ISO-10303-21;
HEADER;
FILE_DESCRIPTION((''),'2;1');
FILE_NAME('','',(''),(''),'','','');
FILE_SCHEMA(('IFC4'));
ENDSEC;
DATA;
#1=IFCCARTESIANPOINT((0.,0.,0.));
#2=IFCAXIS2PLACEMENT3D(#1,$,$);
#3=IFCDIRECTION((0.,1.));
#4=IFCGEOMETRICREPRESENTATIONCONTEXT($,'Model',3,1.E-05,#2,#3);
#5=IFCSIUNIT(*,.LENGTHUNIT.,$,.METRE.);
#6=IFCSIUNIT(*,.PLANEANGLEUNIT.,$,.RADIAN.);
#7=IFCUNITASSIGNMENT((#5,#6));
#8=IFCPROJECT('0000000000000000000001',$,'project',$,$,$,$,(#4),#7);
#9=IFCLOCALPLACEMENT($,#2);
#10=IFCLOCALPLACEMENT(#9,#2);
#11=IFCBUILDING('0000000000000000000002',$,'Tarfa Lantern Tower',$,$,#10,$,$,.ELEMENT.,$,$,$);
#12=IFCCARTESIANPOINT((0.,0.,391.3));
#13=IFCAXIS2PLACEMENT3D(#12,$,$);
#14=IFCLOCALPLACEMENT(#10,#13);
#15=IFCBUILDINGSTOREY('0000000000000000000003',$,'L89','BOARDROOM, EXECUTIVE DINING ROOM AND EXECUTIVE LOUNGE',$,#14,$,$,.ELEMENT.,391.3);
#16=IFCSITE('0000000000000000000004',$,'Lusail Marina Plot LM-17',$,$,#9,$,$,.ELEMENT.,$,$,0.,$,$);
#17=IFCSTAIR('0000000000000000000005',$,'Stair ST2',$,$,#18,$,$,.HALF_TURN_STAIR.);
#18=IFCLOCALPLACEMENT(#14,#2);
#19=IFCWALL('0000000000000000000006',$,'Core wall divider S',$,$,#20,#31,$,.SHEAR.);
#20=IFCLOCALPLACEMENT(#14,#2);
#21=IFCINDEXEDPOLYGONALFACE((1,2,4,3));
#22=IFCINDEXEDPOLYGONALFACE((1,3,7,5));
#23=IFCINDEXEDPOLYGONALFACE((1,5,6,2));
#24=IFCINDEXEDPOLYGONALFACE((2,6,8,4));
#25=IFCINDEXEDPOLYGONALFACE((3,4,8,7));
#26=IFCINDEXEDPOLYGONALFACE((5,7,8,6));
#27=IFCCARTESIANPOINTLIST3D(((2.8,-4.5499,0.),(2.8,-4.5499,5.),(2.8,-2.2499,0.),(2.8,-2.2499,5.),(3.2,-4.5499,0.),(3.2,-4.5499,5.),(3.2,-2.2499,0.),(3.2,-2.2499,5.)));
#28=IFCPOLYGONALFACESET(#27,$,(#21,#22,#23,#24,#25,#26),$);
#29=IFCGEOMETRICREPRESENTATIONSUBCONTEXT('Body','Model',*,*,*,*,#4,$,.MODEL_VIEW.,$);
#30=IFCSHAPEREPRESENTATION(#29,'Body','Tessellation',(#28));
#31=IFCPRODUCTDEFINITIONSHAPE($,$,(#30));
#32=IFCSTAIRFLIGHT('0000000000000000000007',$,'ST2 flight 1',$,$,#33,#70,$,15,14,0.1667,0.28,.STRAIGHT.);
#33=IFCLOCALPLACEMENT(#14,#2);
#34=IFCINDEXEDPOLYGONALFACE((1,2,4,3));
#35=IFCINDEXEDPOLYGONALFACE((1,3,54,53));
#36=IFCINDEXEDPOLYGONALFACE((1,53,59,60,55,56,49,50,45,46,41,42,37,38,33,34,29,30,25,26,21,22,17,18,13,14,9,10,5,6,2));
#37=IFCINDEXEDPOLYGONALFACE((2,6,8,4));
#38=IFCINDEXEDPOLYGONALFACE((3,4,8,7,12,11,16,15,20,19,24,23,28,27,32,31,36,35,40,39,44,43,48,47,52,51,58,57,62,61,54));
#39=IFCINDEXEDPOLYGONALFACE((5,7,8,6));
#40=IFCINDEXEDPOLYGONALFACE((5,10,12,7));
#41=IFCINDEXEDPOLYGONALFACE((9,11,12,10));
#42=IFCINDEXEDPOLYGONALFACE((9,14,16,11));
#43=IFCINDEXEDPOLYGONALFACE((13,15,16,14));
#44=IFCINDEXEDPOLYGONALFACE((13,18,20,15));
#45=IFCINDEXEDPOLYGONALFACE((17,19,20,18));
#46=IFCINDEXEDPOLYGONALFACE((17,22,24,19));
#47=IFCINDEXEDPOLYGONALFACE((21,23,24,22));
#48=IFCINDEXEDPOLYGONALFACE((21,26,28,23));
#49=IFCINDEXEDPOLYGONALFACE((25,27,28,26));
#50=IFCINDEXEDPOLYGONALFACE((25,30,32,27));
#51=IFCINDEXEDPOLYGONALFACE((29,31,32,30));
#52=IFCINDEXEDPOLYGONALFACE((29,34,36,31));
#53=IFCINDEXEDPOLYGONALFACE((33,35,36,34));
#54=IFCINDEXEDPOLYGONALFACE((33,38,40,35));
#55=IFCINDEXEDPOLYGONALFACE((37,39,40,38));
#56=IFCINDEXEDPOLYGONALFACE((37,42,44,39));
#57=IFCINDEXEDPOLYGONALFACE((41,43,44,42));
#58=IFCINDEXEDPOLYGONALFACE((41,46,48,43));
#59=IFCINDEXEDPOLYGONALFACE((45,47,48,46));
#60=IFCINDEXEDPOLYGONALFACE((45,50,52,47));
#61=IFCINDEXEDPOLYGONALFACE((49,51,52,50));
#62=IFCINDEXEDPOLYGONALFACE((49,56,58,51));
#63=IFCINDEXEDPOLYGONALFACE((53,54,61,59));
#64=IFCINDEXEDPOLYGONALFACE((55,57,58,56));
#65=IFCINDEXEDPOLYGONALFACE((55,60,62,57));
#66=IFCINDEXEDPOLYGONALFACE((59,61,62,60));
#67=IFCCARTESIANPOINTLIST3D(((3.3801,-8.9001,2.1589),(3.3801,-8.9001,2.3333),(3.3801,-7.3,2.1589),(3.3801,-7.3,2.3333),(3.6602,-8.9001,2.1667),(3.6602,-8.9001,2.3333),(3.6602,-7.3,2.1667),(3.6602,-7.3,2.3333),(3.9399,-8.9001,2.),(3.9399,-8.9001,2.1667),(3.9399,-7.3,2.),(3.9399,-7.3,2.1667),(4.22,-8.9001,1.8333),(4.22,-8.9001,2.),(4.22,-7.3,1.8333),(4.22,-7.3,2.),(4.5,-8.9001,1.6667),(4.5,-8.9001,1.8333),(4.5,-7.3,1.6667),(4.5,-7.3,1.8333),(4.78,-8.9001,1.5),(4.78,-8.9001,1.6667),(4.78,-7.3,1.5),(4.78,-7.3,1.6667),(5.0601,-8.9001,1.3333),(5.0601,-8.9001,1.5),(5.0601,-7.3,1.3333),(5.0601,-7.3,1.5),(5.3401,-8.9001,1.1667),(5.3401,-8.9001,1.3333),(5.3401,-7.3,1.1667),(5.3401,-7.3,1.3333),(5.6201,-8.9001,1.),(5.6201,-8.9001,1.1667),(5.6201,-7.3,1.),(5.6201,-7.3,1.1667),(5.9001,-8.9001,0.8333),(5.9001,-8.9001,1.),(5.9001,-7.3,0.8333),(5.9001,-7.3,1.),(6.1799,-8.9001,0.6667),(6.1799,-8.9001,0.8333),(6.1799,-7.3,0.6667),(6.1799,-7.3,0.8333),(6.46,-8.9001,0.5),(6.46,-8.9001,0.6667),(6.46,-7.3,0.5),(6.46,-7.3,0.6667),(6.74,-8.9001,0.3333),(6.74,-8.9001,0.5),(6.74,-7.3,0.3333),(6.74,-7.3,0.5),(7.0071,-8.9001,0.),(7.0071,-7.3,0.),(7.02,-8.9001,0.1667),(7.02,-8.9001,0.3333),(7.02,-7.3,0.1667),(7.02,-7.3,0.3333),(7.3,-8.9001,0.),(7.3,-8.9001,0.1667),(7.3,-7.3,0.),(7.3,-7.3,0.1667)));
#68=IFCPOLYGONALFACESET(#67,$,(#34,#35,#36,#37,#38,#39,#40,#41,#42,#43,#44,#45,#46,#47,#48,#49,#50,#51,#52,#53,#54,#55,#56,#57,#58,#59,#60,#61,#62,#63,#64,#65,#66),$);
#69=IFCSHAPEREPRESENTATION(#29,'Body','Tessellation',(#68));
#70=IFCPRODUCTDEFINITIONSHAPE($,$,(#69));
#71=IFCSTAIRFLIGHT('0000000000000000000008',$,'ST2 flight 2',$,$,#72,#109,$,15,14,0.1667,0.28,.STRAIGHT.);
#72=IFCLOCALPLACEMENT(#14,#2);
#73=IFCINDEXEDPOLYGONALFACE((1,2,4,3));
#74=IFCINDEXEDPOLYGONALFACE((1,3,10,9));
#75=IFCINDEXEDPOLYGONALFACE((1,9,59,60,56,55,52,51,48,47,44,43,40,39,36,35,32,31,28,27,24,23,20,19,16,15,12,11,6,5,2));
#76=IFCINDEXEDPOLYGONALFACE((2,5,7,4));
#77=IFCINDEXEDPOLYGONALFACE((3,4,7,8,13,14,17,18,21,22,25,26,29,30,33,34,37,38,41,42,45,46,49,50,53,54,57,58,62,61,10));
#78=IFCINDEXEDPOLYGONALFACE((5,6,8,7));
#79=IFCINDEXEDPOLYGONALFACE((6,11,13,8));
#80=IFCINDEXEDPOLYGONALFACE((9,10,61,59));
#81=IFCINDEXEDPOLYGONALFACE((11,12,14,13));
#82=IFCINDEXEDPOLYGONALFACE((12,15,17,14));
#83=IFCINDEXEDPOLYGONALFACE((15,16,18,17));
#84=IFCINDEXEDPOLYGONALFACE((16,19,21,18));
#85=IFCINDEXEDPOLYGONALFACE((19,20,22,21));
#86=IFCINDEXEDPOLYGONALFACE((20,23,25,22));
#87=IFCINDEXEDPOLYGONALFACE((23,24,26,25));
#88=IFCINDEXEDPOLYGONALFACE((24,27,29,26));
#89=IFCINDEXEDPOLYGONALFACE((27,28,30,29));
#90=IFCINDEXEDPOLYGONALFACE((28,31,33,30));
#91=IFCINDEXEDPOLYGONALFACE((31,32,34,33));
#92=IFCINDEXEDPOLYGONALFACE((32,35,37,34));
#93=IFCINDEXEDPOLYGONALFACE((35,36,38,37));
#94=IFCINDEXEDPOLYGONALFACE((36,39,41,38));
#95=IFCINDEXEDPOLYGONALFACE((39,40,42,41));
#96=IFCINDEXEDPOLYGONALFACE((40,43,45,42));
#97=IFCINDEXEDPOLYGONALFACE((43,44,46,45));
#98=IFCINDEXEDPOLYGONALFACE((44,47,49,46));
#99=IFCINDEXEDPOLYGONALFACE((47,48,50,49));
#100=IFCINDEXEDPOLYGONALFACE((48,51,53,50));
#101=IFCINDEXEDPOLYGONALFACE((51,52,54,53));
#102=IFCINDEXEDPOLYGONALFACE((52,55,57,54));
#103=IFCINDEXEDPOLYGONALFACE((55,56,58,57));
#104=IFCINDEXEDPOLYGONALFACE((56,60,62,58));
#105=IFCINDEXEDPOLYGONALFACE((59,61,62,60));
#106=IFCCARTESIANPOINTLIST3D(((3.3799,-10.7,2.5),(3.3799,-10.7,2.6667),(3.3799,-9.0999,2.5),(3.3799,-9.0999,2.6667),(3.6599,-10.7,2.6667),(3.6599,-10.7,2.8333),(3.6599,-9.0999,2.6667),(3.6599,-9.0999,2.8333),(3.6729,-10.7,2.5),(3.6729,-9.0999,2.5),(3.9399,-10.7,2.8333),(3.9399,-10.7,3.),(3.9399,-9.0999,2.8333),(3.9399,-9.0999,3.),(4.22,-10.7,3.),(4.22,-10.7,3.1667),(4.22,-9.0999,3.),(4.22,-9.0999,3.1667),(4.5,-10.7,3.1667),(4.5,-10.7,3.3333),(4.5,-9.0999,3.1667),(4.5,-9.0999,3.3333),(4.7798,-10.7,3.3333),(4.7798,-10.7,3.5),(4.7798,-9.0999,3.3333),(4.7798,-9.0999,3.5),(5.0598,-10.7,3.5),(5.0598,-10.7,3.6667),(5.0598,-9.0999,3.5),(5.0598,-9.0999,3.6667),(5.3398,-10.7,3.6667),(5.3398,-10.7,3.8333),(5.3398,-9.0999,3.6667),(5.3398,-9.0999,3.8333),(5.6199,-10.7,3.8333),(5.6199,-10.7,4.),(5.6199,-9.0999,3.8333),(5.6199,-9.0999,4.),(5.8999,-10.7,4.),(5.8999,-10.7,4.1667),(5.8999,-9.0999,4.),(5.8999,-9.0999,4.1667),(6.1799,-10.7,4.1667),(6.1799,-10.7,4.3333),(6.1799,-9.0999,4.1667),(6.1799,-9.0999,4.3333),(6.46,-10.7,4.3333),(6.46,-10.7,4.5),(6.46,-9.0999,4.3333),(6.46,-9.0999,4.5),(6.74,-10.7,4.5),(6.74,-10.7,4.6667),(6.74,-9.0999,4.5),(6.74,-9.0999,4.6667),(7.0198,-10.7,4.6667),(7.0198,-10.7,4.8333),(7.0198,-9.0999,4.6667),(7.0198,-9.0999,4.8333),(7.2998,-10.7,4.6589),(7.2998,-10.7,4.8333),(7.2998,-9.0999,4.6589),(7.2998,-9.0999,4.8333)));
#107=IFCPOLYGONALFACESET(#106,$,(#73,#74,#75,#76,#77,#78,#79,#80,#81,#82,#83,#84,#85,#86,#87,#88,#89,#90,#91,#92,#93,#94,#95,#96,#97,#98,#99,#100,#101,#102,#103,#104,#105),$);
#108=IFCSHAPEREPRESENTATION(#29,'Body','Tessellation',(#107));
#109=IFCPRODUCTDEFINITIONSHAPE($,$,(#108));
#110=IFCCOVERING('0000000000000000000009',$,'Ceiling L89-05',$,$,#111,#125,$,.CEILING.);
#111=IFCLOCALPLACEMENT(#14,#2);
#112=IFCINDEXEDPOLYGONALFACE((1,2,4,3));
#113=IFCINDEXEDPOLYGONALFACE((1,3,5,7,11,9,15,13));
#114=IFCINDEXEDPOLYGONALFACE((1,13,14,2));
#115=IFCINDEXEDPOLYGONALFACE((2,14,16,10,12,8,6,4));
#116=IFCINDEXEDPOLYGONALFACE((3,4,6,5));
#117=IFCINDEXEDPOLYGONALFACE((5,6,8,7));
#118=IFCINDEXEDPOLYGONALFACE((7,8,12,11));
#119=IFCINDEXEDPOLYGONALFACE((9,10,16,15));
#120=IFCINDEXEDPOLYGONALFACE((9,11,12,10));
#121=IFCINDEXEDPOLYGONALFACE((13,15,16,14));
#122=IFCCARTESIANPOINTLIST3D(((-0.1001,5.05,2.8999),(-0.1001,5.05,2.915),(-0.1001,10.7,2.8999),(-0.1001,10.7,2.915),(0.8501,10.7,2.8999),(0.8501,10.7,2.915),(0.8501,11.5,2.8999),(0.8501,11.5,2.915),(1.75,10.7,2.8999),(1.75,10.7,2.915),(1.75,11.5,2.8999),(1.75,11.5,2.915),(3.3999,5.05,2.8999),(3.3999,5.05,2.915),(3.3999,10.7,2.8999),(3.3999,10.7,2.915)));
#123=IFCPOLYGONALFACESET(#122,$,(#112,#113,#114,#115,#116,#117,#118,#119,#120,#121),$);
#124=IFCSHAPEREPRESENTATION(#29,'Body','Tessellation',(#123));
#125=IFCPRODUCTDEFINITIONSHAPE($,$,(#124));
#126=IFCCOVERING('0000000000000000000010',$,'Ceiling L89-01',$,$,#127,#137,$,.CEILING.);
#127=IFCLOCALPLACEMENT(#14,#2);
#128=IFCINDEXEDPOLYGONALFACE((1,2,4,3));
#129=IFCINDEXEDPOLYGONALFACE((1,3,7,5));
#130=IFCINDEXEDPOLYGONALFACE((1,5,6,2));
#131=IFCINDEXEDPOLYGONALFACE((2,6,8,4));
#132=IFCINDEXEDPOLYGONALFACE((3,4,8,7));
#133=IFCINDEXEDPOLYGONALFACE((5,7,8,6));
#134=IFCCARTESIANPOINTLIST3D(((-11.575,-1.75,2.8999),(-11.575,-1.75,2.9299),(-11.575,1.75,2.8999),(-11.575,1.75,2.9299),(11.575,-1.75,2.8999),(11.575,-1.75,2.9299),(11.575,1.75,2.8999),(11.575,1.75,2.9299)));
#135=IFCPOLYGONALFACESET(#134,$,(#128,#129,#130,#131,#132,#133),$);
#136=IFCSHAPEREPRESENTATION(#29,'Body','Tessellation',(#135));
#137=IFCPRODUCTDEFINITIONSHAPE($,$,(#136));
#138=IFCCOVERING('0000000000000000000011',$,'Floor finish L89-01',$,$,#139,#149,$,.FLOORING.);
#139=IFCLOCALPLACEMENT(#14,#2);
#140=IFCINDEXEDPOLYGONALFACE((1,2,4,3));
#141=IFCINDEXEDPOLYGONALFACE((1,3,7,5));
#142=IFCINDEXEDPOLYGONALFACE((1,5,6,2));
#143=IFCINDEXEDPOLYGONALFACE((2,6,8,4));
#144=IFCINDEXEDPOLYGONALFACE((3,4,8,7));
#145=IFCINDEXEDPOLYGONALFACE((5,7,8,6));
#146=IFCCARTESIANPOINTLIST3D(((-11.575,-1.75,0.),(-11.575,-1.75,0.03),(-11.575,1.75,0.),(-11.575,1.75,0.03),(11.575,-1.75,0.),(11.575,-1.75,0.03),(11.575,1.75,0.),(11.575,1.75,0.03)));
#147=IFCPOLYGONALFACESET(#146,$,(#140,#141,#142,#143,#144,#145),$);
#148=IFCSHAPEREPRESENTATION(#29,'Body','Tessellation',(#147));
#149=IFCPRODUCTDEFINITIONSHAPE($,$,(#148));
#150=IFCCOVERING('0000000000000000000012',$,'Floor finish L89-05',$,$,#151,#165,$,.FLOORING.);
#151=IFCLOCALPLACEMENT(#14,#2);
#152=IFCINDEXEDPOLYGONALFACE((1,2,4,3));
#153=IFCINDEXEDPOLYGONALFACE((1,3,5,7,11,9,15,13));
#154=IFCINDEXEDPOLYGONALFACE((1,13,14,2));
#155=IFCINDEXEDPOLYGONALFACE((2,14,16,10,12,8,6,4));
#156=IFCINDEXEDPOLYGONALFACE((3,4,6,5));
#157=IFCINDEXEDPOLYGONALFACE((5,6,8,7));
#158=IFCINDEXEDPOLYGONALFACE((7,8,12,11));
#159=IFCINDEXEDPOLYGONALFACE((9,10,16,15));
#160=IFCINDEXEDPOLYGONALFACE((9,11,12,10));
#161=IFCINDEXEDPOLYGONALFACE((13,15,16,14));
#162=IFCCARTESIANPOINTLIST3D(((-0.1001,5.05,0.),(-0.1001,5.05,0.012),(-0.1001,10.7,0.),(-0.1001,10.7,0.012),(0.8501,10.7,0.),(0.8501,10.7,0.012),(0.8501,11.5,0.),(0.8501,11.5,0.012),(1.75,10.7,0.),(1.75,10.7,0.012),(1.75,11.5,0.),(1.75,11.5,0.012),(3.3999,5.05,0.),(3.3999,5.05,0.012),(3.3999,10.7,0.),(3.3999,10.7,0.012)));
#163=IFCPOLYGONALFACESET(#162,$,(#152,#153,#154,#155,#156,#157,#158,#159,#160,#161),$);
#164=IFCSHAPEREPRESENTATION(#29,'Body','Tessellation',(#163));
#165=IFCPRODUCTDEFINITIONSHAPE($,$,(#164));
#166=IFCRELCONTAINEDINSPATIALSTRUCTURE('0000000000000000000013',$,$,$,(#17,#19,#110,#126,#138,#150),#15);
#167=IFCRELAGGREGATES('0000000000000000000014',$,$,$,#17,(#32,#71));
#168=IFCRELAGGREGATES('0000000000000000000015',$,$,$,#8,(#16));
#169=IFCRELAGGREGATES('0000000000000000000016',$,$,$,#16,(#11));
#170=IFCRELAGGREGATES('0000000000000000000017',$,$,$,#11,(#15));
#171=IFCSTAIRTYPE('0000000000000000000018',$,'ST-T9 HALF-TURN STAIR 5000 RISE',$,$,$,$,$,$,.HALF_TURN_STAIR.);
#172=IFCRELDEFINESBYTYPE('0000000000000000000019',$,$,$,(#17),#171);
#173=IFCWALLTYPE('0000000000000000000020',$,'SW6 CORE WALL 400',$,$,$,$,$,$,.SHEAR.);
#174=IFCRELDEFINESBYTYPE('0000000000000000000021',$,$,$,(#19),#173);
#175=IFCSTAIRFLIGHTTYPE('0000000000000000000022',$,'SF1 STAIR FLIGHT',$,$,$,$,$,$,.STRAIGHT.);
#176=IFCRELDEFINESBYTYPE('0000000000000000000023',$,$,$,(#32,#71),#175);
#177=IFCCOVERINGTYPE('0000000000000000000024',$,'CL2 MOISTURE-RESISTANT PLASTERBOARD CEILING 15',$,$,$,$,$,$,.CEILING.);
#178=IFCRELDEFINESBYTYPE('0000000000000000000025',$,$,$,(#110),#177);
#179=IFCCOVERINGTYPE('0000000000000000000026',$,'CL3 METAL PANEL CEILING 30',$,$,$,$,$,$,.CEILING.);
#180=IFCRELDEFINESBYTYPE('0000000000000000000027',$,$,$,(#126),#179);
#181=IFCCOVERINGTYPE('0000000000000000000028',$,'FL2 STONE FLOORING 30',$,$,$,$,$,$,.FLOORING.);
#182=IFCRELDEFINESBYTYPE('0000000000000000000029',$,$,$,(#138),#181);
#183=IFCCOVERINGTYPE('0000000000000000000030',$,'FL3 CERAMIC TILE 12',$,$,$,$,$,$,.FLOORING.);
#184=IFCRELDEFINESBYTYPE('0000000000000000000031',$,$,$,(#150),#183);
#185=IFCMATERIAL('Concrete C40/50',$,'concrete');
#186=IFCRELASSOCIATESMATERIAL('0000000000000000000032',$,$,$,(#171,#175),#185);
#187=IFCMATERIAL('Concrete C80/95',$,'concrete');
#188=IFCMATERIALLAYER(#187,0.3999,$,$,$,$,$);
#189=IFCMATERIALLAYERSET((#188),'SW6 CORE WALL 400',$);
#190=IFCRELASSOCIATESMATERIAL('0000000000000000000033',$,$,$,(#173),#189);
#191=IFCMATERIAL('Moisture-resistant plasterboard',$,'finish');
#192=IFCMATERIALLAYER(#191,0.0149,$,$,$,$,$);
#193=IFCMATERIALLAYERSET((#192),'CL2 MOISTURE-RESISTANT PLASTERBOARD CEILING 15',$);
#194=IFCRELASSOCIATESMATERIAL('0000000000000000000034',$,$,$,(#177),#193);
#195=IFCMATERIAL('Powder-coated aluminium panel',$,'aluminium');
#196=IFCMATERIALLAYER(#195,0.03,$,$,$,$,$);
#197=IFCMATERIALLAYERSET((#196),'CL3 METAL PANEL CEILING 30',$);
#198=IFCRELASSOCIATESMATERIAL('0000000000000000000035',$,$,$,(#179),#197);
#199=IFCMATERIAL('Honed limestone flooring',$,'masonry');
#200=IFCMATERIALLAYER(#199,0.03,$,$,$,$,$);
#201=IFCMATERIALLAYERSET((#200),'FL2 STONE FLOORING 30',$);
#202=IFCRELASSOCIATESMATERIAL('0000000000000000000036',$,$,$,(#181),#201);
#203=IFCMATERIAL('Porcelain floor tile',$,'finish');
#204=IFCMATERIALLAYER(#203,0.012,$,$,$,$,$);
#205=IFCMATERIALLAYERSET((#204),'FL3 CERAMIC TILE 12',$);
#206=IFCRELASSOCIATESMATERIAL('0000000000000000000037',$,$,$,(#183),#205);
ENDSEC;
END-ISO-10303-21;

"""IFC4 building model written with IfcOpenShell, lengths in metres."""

from ifc_helpers import new_model, si_unit, direction, frame, frame_2d, origin, place, context, subcontext, project, spatial, polyline, rectangle, outline, extrude, material, layer, layer_set, type_object, element, aggregate, save


model = new_model("IFC4")

# Units and contexts
model_context = context("Model", 3, precision=1e-05, world=origin(), true_north=direction((0.0, 1.0)))
body_context = subcontext(model_context, "Body", "Model", "MODEL_VIEW")
ifc_project = project(units=[si_unit("LENGTHUNIT", "METRE"), si_unit("PLANEANGLEUNIT", "RADIAN")], contexts=[model_context])

# Site, building, storey
site_placement = place(None, origin())
site = spatial("IfcSite", under=ifc_project, at=site_placement, Name="Lusail Marina Plot LM-17", CompositionType="ELEMENT", RefElevation=0.0)
building_placement = place(site_placement, origin())
building = spatial("IfcBuilding", under=site, at=building_placement, Name="Tarfa Lantern Tower", CompositionType="ELEMENT")
storey_placement = place(building_placement, frame((0.0, 0.0, 391.3)))
storey = spatial("IfcBuildingStorey", under=building, at=storey_placement, Name="L89", Description="BOARDROOM, EXECUTIVE DINING ROOM AND EXECUTIVE LOUNGE", CompositionType="ELEMENT", Elevation=391.3)

# Shared definitions
ifc_material_1 = material(Name="Concrete C40/50", Category="concrete")

# Stair
stair_type = type_object("IfcStairType", Name="ST-T9 HALF-TURN STAIR 5000 RISE", PredefinedType="HALF_TURN_STAIR", material=ifc_material_1)
stair_1_placement = place(storey_placement, origin())
stair_1 = element("IfcStair", 1, at=stair_1_placement, inside=storey, type_object=stair_type, Name="Stair ST2", PredefinedType="HALF_TURN_STAIR")

# Shared definitions
ifc_material_2 = material(Name="Concrete C80/95", Category="concrete")

# Wall
ifc_layer_1 = layer(ifc_material_2, 0.3999)
ifc_layer_set_1 = layer_set([ifc_layer_1], Name="SW6 CORE WALL 400")
wall_type_1 = type_object("IfcWallType", Name="SW6 CORE WALL 400", PredefinedType="SHEAR", material=ifc_layer_set_1)
for number, where, z_axis, x_axis, name in (
    (2, (3.0, -2.25, 0.0), (0.0, 0.0, 1.0), (0.0, -1.0, 0.0), "Core wall divider S"),
):
    element("IfcWall", number, at=place(storey_placement, frame(where, z_axis=z_axis, x_axis=x_axis)), inside=storey, type_object=wall_type_1, Name=name, PredefinedType="SHEAR", context=body_context, shape_type="SweptSolid", body=[
        extrude(rectangle(XDim=2.3, YDim=0.3999, at=frame_2d((1.1499, 0.0))), origin(), (0.0, 0.0, 1.0), 5.0),
    ])

# Stair flights
stair_flight_type = type_object("IfcStairFlightType", Name="SF1 STAIR FLIGHT", PredefinedType="STRAIGHT", material=ifc_material_1)
stair_flight_1_placement = place(storey_placement, frame((7.3, -8.1001, 0.0), z_axis=(0.0, 0.0, 1.0), x_axis=(-1.0, 0.0, 0.0)))
stair_flight_1 = element("IfcStairFlight", 3, at=stair_flight_1_placement, type_object=stair_flight_type, Name="ST2 flight 1", NumberOfRisers=15, NumberOfTreads=14, PredefinedType="STRAIGHT", RiserHeight=0.1667, TreadLength=0.28, context=body_context, shape_type="SweptSolid", body=[
    extrude(outline(polyline([(0.0, 0.0), (0.0, 0.1667), (0.28, 0.1667), (0.28, 0.3333), (0.5601, 0.3333), (0.5601, 0.5), (0.8401, 0.5), (0.8401, 0.6667), (1.1201, 0.6667), (1.1201, 0.8333), (1.3999, 0.8333), (1.3999, 1.0), (1.6799, 1.0), (1.6799, 1.1667), (1.96, 1.1667), (1.96, 1.3333), (2.24, 1.3333), (2.24, 1.5), (2.52, 1.5), (2.52, 1.6667), (2.8, 1.6667), (2.8, 1.8333), (3.0801, 1.8333), (3.0801, 2.0), (3.3601, 2.0), (3.3601, 2.1667), (3.6399, 2.1667), (3.6399, 2.3333), (3.9199, 2.3333), (3.9199, 2.5), (3.9199, 2.1589), (0.293, 0.0), (0.0, 0.0)])), frame((0.0, 0.8, 0.0), z_axis=(0.0, -1.0, 0.0), x_axis=(1.0, 0.0, 0.0)), (0.0, 0.0, 1.0), 1.6001),
])
stair_flight_2_placement = place(storey_placement, frame((3.3799, -9.8999, 2.5), z_axis=(0.0, 0.0, 1.0), x_axis=(1.0, 0.0, 0.0)))
stair_flight_2 = element("IfcStairFlight", 4, at=stair_flight_2_placement, type_object=stair_flight_type, Name="ST2 flight 2", NumberOfRisers=15, NumberOfTreads=14, PredefinedType="STRAIGHT", RiserHeight=0.1667, TreadLength=0.28, context=body_context, shape_type="SweptSolid", body=[
    extrude(outline(polyline([(0.0, 0.0), (0.0, 0.1667), (0.28, 0.1667), (0.28, 0.3333), (0.5601, 0.3333), (0.5601, 0.5), (0.8401, 0.5), (0.8401, 0.6667), (1.1201, 0.6667), (1.1201, 0.8333), (1.3999, 0.8333), (1.3999, 1.0), (1.6799, 1.0), (1.6799, 1.1667), (1.96, 1.1667), (1.96, 1.3333), (2.24, 1.3333), (2.24, 1.5), (2.52, 1.5), (2.52, 1.6667), (2.8, 1.6667), (2.8, 1.8333), (3.0801, 1.8333), (3.0801, 2.0), (3.3601, 2.0), (3.3601, 2.1667), (3.6399, 2.1667), (3.6399, 2.3333), (3.9199, 2.3333), (3.9199, 2.5), (3.9199, 2.1589), (0.293, 0.0), (0.0, 0.0)])), frame((0.0, 0.8, 0.0), z_axis=(0.0, -1.0, 0.0), x_axis=(1.0, 0.0, 0.0)), (0.0, 0.0, 1.0), 1.6001),
])
aggregate(stair_1, [stair_flight_1, stair_flight_2])

# Coverings
ifc_material_3 = material(Name="Moisture-resistant plasterboard", Category="finish")
ifc_layer_2 = layer(ifc_material_3, 0.0149)
ifc_layer_set_2 = layer_set([ifc_layer_2], Name="CL2 MOISTURE-RESISTANT PLASTERBOARD CEILING 15")
covering_type_1 = type_object("IfcCoveringType", Name="CL2 MOISTURE-RESISTANT PLASTERBOARD CEILING 15", PredefinedType="CEILING", material=ifc_layer_set_2)
covering_1_placement = place(storey_placement, frame((0.0, 0.0, 2.8999)))
element("IfcCovering", 5, at=covering_1_placement, inside=storey, type_object=covering_type_1, Name="Ceiling L89-05", PredefinedType="CEILING", context=body_context, shape_type="SweptSolid", body=[
    extrude(outline(polyline([(0.8501, 10.7), (-0.1001, 10.7), (-0.1001, 5.05), (3.3999, 5.05), (3.3999, 10.7), (1.75, 10.7), (1.75, 11.5), (0.8501, 11.5), (0.8501, 11.5), (0.8501, 10.7)])), origin(), (0.0, 0.0, 1.0), 0.0151),
])
ifc_material_4 = material(Name="Powder-coated aluminium panel", Category="aluminium")
ifc_layer_3 = layer(ifc_material_4, 0.03)
ifc_layer_set_3 = layer_set([ifc_layer_3], Name="CL3 METAL PANEL CEILING 30")
covering_type_2 = type_object("IfcCoveringType", Name="CL3 METAL PANEL CEILING 30", PredefinedType="CEILING", material=ifc_layer_set_3)
covering_2_placement = place(storey_placement, frame((0.0, 0.0, 2.8999)))
element("IfcCovering", 6, at=covering_2_placement, inside=storey, type_object=covering_type_2, Name="Ceiling L89-01", PredefinedType="CEILING", context=body_context, shape_type="SweptSolid", body=[
    extrude(outline(polyline([(-11.575, -1.75), (11.575, -1.75), (11.575, 1.75), (-11.575, 1.75), (-11.575, -1.75)])), origin(), (0.0, 0.0, 1.0), 0.03),
])
ifc_material_5 = material(Name="Honed limestone flooring", Category="masonry")
ifc_layer_4 = layer(ifc_material_5, 0.03)
ifc_layer_set_4 = layer_set([ifc_layer_4], Name="FL2 STONE FLOORING 30")
covering_type_3 = type_object("IfcCoveringType", Name="FL2 STONE FLOORING 30", PredefinedType="FLOORING", material=ifc_layer_set_4)
covering_3_placement = place(storey_placement, origin())
element("IfcCovering", 7, at=covering_3_placement, inside=storey, type_object=covering_type_3, Name="Floor finish L89-01", PredefinedType="FLOORING", context=body_context, shape_type="SweptSolid", body=[
    extrude(outline(polyline([(-11.575, -1.75), (11.575, -1.75), (11.575, 1.75), (-11.575, 1.75), (-11.575, -1.75)])), origin(), (0.0, 0.0, 1.0), 0.03),
])
ifc_material_6 = material(Name="Porcelain floor tile", Category="finish")
ifc_layer_5 = layer(ifc_material_6, 0.012)
ifc_layer_set_5 = layer_set([ifc_layer_5], Name="FL3 CERAMIC TILE 12")
covering_type_4 = type_object("IfcCoveringType", Name="FL3 CERAMIC TILE 12", PredefinedType="FLOORING", material=ifc_layer_set_5)
covering_4_placement = place(storey_placement, origin())
element("IfcCovering", 8, at=covering_4_placement, inside=storey, type_object=covering_type_4, Name="Floor finish L89-05", PredefinedType="FLOORING", context=body_context, shape_type="SweptSolid", body=[
    extrude(outline(polyline([(0.8501, 10.7), (-0.1001, 10.7), (-0.1001, 5.05), (3.3999, 5.05), (3.3999, 10.7), (1.75, 10.7), (1.75, 11.5), (0.8501, 11.5), (0.8501, 11.5), (0.8501, 10.7)])), origin(), (0.0, 0.0, 1.0), 0.012),
])

save(model, "model.ifc")
